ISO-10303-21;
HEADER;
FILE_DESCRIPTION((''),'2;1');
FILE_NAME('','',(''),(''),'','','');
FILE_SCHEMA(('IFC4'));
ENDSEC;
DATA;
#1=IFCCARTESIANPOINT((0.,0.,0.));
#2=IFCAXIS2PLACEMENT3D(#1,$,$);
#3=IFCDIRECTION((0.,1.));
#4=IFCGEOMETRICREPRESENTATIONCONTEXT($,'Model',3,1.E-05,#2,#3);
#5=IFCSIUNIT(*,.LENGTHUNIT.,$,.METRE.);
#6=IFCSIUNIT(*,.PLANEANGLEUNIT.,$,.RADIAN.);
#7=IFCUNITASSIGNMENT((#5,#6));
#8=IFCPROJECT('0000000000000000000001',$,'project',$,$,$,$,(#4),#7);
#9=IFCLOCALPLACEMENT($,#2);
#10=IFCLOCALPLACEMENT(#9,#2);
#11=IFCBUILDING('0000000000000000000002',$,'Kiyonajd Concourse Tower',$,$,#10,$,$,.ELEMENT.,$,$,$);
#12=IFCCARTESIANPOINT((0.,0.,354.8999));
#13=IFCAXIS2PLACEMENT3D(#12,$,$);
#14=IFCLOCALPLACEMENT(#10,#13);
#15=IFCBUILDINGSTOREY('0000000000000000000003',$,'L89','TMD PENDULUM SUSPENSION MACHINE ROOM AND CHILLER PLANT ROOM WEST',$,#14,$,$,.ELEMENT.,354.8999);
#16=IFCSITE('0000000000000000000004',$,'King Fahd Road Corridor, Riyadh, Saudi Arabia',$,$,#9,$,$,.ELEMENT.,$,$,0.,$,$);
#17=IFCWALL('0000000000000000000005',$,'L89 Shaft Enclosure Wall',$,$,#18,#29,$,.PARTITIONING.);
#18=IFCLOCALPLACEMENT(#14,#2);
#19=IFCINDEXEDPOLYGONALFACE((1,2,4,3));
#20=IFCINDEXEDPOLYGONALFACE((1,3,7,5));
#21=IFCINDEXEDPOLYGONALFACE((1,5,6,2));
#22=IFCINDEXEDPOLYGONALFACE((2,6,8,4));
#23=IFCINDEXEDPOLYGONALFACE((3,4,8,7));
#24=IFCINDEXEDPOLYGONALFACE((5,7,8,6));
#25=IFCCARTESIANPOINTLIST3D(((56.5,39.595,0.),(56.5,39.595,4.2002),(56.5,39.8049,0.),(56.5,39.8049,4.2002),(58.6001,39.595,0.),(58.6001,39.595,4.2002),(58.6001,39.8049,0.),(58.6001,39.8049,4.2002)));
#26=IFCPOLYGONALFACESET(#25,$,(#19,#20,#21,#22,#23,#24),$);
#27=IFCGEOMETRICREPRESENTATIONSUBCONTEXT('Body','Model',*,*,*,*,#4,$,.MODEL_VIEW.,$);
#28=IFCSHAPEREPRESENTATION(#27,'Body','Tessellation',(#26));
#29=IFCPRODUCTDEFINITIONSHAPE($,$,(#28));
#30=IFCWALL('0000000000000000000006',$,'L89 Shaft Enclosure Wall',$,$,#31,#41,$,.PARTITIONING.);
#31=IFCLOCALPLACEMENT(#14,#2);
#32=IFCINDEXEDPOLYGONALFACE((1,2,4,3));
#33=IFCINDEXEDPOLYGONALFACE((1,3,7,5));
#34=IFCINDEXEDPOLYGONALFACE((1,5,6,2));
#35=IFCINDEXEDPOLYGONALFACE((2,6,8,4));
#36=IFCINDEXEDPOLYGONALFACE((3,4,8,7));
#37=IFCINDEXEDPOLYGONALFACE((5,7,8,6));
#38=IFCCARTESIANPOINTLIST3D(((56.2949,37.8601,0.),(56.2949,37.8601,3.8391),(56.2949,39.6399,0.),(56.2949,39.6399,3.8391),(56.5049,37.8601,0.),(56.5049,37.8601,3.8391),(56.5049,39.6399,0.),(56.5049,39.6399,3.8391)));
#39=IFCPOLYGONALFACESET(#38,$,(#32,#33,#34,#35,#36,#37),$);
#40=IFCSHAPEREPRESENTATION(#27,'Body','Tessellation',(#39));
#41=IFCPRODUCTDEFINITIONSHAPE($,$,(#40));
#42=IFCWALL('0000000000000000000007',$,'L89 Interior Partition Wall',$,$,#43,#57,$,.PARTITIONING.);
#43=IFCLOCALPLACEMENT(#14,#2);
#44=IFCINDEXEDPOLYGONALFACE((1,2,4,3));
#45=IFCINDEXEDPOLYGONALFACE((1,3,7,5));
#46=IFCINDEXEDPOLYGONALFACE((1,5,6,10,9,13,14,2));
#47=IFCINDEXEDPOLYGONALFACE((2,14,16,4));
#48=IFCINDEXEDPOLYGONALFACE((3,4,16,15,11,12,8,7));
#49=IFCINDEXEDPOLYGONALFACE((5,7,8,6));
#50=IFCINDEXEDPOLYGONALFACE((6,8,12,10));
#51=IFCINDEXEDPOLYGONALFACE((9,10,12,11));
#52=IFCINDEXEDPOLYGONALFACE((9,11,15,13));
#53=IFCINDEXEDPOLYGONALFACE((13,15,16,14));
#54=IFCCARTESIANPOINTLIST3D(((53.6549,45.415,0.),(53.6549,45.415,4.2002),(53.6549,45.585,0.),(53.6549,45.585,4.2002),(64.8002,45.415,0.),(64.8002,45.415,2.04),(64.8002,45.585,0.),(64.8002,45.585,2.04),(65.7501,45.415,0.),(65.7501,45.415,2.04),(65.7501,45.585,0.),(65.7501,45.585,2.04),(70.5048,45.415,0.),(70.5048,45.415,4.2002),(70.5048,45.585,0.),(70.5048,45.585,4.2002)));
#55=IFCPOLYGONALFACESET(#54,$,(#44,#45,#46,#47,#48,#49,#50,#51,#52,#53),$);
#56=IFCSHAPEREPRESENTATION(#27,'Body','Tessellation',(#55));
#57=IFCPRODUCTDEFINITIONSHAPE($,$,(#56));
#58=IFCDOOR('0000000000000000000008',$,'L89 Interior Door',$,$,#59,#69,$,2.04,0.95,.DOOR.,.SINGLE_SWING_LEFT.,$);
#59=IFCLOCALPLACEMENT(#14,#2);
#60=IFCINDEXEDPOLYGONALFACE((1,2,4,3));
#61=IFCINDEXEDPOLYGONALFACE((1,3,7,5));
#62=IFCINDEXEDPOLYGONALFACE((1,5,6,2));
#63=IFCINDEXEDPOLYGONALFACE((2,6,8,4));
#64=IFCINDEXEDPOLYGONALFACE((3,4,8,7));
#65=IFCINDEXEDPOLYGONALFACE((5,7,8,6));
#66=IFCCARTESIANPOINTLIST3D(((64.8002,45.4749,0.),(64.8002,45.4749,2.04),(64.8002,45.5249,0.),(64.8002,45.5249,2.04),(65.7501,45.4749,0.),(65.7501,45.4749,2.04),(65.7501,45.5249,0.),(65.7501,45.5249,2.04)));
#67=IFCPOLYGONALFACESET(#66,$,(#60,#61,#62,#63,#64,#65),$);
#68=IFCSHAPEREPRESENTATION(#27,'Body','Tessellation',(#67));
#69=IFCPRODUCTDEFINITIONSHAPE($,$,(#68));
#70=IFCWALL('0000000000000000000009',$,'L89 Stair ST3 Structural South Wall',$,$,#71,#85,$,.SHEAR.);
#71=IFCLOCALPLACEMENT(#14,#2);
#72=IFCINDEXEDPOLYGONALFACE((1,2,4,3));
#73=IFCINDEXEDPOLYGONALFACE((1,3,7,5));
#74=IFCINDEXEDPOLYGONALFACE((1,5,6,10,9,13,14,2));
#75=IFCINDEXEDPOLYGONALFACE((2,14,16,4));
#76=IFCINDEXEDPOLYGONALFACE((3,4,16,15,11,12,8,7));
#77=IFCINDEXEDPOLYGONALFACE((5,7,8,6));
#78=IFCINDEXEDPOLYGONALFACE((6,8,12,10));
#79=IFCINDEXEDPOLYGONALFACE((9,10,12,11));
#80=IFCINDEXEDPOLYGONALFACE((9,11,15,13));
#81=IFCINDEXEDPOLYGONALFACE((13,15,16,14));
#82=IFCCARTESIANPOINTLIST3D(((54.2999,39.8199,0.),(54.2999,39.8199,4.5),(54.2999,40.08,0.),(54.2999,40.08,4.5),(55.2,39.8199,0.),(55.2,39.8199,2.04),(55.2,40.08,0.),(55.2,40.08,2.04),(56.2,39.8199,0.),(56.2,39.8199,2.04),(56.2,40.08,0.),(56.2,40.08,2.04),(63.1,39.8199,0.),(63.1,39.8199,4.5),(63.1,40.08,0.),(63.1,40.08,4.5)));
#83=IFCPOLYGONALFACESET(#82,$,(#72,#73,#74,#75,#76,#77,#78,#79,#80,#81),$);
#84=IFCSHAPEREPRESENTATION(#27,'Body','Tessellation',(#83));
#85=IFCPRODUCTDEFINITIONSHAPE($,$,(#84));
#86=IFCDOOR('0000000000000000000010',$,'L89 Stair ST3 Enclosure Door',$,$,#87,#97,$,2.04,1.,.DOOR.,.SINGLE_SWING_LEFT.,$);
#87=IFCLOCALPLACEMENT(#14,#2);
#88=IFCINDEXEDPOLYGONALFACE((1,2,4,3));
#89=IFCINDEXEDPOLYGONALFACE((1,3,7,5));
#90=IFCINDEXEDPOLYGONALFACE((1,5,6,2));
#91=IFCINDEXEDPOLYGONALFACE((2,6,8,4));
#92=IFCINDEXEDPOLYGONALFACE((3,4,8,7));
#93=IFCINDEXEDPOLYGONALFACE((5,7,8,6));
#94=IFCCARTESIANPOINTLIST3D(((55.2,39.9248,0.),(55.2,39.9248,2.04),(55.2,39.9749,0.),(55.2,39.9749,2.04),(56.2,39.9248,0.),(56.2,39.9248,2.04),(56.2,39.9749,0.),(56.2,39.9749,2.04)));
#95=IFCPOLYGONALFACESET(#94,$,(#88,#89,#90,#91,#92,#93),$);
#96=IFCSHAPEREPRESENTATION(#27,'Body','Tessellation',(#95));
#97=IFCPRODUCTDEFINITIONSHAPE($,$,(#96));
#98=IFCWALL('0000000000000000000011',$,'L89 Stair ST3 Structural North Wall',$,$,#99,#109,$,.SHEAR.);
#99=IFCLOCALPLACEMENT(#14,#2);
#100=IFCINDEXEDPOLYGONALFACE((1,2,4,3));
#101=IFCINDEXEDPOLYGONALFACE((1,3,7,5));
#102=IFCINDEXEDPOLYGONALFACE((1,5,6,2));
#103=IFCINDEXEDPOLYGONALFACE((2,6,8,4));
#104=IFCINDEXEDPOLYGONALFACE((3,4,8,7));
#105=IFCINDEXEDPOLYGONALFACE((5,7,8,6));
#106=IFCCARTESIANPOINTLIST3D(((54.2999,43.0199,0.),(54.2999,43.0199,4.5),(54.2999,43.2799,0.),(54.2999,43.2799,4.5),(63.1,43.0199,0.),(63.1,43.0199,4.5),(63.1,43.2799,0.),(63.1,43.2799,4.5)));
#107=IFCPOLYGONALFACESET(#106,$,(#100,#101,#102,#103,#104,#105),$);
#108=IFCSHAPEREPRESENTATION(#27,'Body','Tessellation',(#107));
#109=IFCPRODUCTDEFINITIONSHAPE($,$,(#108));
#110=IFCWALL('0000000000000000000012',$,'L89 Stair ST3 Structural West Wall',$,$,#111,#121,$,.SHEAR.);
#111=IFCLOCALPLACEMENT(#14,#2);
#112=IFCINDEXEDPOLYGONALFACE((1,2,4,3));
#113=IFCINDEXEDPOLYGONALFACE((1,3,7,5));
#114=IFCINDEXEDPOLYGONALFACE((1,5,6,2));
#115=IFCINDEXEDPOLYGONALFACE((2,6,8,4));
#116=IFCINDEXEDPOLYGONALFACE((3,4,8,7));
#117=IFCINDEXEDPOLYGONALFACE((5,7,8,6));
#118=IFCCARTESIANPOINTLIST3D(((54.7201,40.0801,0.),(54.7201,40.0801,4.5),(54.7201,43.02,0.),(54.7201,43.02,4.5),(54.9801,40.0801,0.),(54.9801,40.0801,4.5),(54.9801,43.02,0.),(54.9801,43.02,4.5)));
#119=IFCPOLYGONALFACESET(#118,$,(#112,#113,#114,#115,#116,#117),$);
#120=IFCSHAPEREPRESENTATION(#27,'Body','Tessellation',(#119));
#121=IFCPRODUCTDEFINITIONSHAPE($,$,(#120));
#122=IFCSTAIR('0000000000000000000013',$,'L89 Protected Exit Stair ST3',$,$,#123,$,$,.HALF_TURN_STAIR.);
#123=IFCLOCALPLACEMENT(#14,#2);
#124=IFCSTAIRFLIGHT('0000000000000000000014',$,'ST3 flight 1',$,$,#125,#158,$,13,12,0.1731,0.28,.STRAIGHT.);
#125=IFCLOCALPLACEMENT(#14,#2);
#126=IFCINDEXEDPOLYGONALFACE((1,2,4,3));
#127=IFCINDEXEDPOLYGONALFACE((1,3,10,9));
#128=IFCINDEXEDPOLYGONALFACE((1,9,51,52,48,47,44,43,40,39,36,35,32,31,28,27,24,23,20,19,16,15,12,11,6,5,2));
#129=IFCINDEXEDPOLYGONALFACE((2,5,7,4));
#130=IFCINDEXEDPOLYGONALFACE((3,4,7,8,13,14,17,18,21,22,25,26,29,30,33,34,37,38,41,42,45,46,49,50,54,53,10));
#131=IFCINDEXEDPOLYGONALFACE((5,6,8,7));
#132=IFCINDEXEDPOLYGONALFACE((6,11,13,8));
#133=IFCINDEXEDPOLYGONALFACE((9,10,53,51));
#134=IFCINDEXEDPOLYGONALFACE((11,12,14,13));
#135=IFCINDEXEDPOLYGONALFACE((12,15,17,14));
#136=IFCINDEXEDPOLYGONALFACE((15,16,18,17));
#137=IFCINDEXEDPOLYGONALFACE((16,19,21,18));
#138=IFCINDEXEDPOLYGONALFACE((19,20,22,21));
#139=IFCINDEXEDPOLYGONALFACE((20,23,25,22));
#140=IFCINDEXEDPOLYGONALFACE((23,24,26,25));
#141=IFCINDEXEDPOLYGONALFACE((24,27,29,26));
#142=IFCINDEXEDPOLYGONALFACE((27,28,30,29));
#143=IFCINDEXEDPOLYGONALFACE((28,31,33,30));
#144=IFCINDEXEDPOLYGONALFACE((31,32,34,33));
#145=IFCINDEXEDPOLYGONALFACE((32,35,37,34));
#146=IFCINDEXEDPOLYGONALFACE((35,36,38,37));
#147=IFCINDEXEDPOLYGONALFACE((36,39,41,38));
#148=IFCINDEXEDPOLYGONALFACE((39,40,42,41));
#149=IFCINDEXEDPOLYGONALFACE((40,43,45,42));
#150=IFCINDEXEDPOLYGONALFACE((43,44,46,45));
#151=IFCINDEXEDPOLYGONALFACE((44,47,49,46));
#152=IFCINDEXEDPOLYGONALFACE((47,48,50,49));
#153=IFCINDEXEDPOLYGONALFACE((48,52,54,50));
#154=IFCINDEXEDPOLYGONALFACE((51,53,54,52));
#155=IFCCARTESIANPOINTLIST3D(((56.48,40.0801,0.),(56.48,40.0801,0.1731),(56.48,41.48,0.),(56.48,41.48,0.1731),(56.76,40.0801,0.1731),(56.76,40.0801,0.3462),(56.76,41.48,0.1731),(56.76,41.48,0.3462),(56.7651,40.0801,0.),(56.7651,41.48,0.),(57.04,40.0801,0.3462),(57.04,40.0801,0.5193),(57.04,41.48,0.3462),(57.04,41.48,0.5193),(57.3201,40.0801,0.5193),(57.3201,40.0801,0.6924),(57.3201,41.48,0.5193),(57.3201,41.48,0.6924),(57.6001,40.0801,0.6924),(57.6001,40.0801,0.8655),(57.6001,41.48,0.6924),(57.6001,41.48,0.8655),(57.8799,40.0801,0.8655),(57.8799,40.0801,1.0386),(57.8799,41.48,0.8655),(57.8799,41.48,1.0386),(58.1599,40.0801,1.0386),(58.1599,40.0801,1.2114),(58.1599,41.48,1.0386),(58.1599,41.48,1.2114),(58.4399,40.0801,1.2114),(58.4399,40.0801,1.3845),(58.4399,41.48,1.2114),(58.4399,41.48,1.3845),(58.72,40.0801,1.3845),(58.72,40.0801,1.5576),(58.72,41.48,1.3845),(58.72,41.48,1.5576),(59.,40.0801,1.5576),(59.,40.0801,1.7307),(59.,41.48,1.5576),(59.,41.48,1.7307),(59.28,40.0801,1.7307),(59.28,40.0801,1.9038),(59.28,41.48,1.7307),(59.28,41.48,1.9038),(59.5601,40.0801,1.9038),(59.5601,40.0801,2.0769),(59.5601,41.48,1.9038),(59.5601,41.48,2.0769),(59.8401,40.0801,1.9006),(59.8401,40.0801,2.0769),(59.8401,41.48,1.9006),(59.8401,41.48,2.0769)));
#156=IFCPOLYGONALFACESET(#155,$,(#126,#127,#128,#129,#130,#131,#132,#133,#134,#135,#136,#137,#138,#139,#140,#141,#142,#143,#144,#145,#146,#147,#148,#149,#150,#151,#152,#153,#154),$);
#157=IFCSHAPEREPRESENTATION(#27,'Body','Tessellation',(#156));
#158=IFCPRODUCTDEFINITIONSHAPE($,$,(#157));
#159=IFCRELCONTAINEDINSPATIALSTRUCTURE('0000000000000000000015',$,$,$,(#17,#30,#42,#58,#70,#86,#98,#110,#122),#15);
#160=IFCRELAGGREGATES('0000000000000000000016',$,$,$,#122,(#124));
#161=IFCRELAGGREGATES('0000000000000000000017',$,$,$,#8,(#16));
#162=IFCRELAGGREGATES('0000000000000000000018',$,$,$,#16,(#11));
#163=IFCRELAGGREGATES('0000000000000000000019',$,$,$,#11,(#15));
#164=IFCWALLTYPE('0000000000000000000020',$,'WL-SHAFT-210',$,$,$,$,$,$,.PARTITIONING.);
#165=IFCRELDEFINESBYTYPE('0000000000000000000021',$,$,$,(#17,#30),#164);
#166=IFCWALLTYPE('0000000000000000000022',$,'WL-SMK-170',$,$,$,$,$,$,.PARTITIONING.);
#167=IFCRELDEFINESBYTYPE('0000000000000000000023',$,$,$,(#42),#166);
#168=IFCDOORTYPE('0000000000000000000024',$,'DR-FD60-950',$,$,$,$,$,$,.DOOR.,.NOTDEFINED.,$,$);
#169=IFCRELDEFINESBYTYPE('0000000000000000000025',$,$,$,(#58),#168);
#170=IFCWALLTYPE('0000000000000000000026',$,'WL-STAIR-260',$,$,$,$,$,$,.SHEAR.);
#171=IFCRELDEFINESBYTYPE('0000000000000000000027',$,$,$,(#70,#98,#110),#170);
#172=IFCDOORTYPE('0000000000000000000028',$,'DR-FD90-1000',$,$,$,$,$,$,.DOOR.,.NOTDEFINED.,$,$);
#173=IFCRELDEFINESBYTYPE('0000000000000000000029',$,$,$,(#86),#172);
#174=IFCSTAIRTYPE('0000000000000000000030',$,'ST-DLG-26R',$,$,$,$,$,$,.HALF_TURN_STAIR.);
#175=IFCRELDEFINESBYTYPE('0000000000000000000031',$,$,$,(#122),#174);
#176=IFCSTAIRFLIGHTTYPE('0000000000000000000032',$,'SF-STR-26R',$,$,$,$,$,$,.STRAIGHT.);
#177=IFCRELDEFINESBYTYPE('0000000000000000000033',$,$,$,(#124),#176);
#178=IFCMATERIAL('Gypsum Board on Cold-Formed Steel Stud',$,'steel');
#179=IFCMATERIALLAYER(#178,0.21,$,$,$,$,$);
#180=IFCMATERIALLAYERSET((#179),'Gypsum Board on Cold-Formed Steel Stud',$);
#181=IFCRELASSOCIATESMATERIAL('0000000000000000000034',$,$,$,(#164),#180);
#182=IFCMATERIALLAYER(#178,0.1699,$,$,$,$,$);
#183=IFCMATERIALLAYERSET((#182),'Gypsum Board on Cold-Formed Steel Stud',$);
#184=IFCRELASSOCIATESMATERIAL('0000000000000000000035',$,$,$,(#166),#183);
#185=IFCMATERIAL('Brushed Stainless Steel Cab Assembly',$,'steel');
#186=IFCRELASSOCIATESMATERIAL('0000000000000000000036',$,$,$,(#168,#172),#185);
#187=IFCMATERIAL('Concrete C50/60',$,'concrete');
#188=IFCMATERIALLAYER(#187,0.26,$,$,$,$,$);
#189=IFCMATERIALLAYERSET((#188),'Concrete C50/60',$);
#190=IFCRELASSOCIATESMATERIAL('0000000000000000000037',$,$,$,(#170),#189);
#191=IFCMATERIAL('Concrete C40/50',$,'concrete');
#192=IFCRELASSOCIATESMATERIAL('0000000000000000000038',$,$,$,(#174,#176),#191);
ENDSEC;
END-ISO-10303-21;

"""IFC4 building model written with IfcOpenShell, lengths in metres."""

from ifc_helpers import new_model, si_unit, direction, frame, frame_2d, origin, place, context, subcontext, project, spatial, polyline, rectangle, outline, extrude, material, layer, layer_set, type_object, element, fill, aggregate, save


model = new_model("IFC4")

# Units and contexts
model_context = context("Model", 3, precision=1e-05, world=origin(), true_north=direction((0.0, 1.0)))
body_context = subcontext(model_context, "Body", "Model", "MODEL_VIEW")
ifc_project = project(units=[si_unit("LENGTHUNIT", "METRE"), si_unit("PLANEANGLEUNIT", "RADIAN")], contexts=[model_context])

# Site, building, storey
site_placement = place(None, origin())
site = spatial("IfcSite", under=ifc_project, at=site_placement, Name="King Fahd Road Corridor, Riyadh, Saudi Arabia", CompositionType="ELEMENT", RefElevation=0.0)
building_placement = place(site_placement, origin())
building = spatial("IfcBuilding", under=site, at=building_placement, Name="Kiyonajd Concourse Tower", CompositionType="ELEMENT")
storey_placement = place(building_placement, frame((0.0, 0.0, 354.8999)))
storey = spatial("IfcBuildingStorey", under=building, at=storey_placement, Name="L89", Description="TMD PENDULUM SUSPENSION MACHINE ROOM AND CHILLER PLANT ROOM WEST", CompositionType="ELEMENT", Elevation=354.8999)

# Shared definitions
ifc_material_1 = material(Name="Concrete C50/60", Category="concrete")

# Walls
ifc_material_2 = material(Name="Gypsum Board on Cold-Formed Steel Stud", Category="steel")
ifc_layer_1 = layer(ifc_material_2, 0.21)
ifc_layer_set_1 = layer_set([ifc_layer_1], Name="Gypsum Board on Cold-Formed Steel Stud")
wall_type_1 = type_object("IfcWallType", Name="WL-SHAFT-210", PredefinedType="PARTITIONING", material=ifc_layer_set_1)
for number, where, z_axis, x_axis, name in (
    (1, (56.5, 39.7, 0.0), (0.0, 0.0, 1.0), (1.0, 0.0, 0.0), "L89 Shaft Enclosure Wall"),
):
    element("IfcWall", number, at=place(storey_placement, frame(where, z_axis=z_axis, x_axis=x_axis)), inside=storey, type_object=wall_type_1, Name=name, PredefinedType="PARTITIONING", context=body_context, shape_type="SweptSolid", body=[
        extrude(rectangle(XDim=2.1001, YDim=0.21, at=frame_2d((1.05, 0.0))), origin(), (0.0, 0.0, 1.0), 4.2002),
    ])
wall_1_placement = place(storey_placement, frame((56.3999, 37.8601, 0.0), z_axis=(0.0, 0.0, 1.0), x_axis=(0.0, 1.0, 0.0)))
element("IfcWall", 2, at=wall_1_placement, inside=storey, type_object=wall_type_1, Name="L89 Shaft Enclosure Wall", PredefinedType="PARTITIONING", context=body_context, shape_type="SweptSolid", body=[
    extrude(rectangle(XDim=1.7798, YDim=0.21, at=frame_2d((0.8899, 0.0))), origin(), (0.0, 0.0, 1.0), 3.8391),
])

# Walls, openings, doors
ifc_layer_2 = layer(ifc_material_2, 0.1699)
ifc_layer_set_2 = layer_set([ifc_layer_2], Name="Gypsum Board on Cold-Formed Steel Stud")
wall_type_2 = type_object("IfcWallType", Name="WL-SMK-170", PredefinedType="PARTITIONING", material=ifc_layer_set_2)
wall_2_placement = place(storey_placement, frame((53.655, 45.5, 0.0), z_axis=(0.0, 0.0, 1.0), x_axis=(1.0, 0.0, 0.0)))
wall_2 = element("IfcWall", 3, at=wall_2_placement, inside=storey, type_object=wall_type_2, Name="L89 Interior Partition Wall", PredefinedType="PARTITIONING", context=body_context, shape_type="SweptSolid", body=[
    extrude(rectangle(XDim=16.8499, YDim=0.1699, at=frame_2d((8.4248, 0.0))), origin(), (0.0, 0.0, 1.0), 4.2002),
])
opening_1_placement = place(wall_2_placement, frame((11.145, 0.0, 0.0)))
opening_1 = element("IfcOpeningElement", 4, at=opening_1_placement, cuts=wall_2, PredefinedType="OPENING", context=body_context, shape_type="SweptSolid", body=[
    extrude(rectangle(XDim=0.95, YDim=2.04, at=frame_2d((0.4751, 1.02))), frame((0.0, 0.095, 0.0), z_axis=(0.0, -1.0, 0.0), x_axis=(1.0, 0.0, 0.0)), (0.0, 0.0, 1.0), 0.1899),
])
ifc_material_3 = material(Name="Brushed Stainless Steel Cab Assembly", Category="steel")
door_type_1 = type_object("IfcDoorType", Name="DR-FD60-950", OperationType="NOTDEFINED", PredefinedType="DOOR", material=ifc_material_3)
door_1_placement = place(opening_1_placement, origin())
door_1 = element("IfcDoor", 5, at=door_1_placement, inside=storey, type_object=door_type_1, Name="L89 Interior Door", OperationType="SINGLE_SWING_LEFT", OverallHeight=2.04, OverallWidth=0.95, PredefinedType="DOOR", context=body_context, shape_type="SweptSolid", body=[
    extrude(rectangle(XDim=0.95, YDim=2.04, at=frame_2d((0.4751, 1.02))), frame((0.0, 0.0249, 0.0), z_axis=(0.0, -1.0, 0.0), x_axis=(1.0, 0.0, 0.0)), (0.0, 0.0, 1.0), 0.05),
])
fill(opening_1, door_1)
ifc_layer_3 = layer(ifc_material_1, 0.26)
ifc_layer_set_3 = layer_set([ifc_layer_3], Name="Concrete C50/60")
wall_type_3 = type_object("IfcWallType", Name="WL-STAIR-260", PredefinedType="SHEAR", material=ifc_layer_set_3)
wall_3_placement = place(storey_placement, frame((54.3, 39.95, 0.0), z_axis=(0.0, 0.0, 1.0), x_axis=(1.0, 0.0, 0.0)))
wall_3 = element("IfcWall", 6, at=wall_3_placement, inside=storey, type_object=wall_type_3, Name="L89 Stair ST3 Structural South Wall", PredefinedType="SHEAR", context=body_context, shape_type="SweptSolid", body=[
    extrude(rectangle(XDim=8.8, YDim=0.26, at=frame_2d((4.3999, 0.0))), origin(), (0.0, 0.0, 1.0), 4.5),
])
opening_2_placement = place(wall_3_placement, frame((0.8999, 0.0, 0.0)))
opening_2 = element("IfcOpeningElement", 7, at=opening_2_placement, cuts=wall_3, PredefinedType="OPENING", context=body_context, shape_type="SweptSolid", body=[
    extrude(rectangle(XDim=1.0, YDim=2.04, at=frame_2d((0.5, 1.02))), frame((0.0, 0.1399, 0.0), z_axis=(0.0, -1.0, 0.0), x_axis=(1.0, 0.0, 0.0)), (0.0, 0.0, 1.0), 0.28),
])
door_type_2 = type_object("IfcDoorType", Name="DR-FD90-1000", OperationType="NOTDEFINED", PredefinedType="DOOR", material=ifc_material_3)
door_2_placement = place(opening_2_placement, origin())
door_2 = element("IfcDoor", 8, at=door_2_placement, inside=storey, type_object=door_type_2, Name="L89 Stair ST3 Enclosure Door", OperationType="SINGLE_SWING_LEFT", OverallHeight=2.04, OverallWidth=1.0, PredefinedType="DOOR", context=body_context, shape_type="SweptSolid", body=[
    extrude(rectangle(XDim=1.0, YDim=2.04, at=frame_2d((0.5, 1.02))), frame((0.0, 0.0249, 0.0), z_axis=(0.0, -1.0, 0.0), x_axis=(1.0, 0.0, 0.0)), (0.0, 0.0, 1.0), 0.05),
])
fill(opening_2, door_2)

# Walls
wall_4_placement = place(storey_placement, frame((54.3, 43.1499, 0.0), z_axis=(0.0, 0.0, 1.0), x_axis=(1.0, 0.0, 0.0)))
element("IfcWall", 9, at=wall_4_placement, inside=storey, type_object=wall_type_3, Name="L89 Stair ST3 Structural North Wall", PredefinedType="SHEAR", context=body_context, shape_type="SweptSolid", body=[
    extrude(rectangle(XDim=8.8, YDim=0.26, at=frame_2d((4.3999, 0.0))), origin(), (0.0, 0.0, 1.0), 4.5),
])
wall_5_placement = place(storey_placement, frame((54.8501, 40.0801, 0.0), z_axis=(0.0, 0.0, 1.0), x_axis=(0.0, 1.0, 0.0)))
element("IfcWall", 10, at=wall_5_placement, inside=storey, type_object=wall_type_3, Name="L89 Stair ST3 Structural West Wall", PredefinedType="SHEAR", context=body_context, shape_type="SweptSolid", body=[
    extrude(rectangle(XDim=2.9399, YDim=0.26, at=frame_2d((1.47, 0.0))), origin(), (0.0, 0.0, 1.0), 4.5),
])

# Stair, stair flight
ifc_material_4 = material(Name="Concrete C40/50", Category="concrete")
stair_type = type_object("IfcStairType", Name="ST-DLG-26R", PredefinedType="HALF_TURN_STAIR", material=ifc_material_4)
stair_placement = place(storey_placement, origin())
stair = element("IfcStair", 11, at=stair_placement, inside=storey, type_object=stair_type, Name="L89 Protected Exit Stair ST3", PredefinedType="HALF_TURN_STAIR")
stair_flight_type = type_object("IfcStairFlightType", Name="SF-STR-26R", PredefinedType="STRAIGHT", material=ifc_material_4)
stair_flight_placement = place(storey_placement, frame((56.48, 40.78, 0.0), z_axis=(0.0, 0.0, 1.0), x_axis=(1.0, 0.0, 0.0)))
stair_flight = element("IfcStairFlight", 12, at=stair_flight_placement, type_object=stair_flight_type, Name="ST3 flight 1", NumberOfRisers=13, NumberOfTreads=12, PredefinedType="STRAIGHT", RiserHeight=0.1731, TreadLength=0.28, context=body_context, shape_type="SweptSolid", body=[
    extrude(outline(polyline([(0.0, 0.0), (0.0, 0.1731), (0.28, 0.1731), (0.28, 0.3462), (0.5601, 0.3462), (0.5601, 0.5193), (0.8401, 0.5193), (0.8401, 0.6924), (1.1201, 0.6924), (1.1201, 0.8655), (1.3999, 0.8655), (1.3999, 1.0386), (1.6799, 1.0386), (1.6799, 1.2114), (1.96, 1.2114), (1.96, 1.3845), (2.24, 1.3845), (2.24, 1.5576), (2.52, 1.5576), (2.52, 1.7307), (2.8, 1.7307), (2.8, 1.9038), (3.0801, 1.9038), (3.0801, 2.0769), (3.3601, 2.0769), (3.3601, 2.25), (3.3601, 1.9006), (0.2852, 0.0), (0.0, 0.0)])), frame((0.0, 0.7, 0.0), z_axis=(0.0, -1.0, 0.0), x_axis=(1.0, 0.0, 0.0)), (0.0, 0.0, 1.0), 1.3999),
])
aggregate(stair, [stair_flight])

save(model, "model.ifc")
